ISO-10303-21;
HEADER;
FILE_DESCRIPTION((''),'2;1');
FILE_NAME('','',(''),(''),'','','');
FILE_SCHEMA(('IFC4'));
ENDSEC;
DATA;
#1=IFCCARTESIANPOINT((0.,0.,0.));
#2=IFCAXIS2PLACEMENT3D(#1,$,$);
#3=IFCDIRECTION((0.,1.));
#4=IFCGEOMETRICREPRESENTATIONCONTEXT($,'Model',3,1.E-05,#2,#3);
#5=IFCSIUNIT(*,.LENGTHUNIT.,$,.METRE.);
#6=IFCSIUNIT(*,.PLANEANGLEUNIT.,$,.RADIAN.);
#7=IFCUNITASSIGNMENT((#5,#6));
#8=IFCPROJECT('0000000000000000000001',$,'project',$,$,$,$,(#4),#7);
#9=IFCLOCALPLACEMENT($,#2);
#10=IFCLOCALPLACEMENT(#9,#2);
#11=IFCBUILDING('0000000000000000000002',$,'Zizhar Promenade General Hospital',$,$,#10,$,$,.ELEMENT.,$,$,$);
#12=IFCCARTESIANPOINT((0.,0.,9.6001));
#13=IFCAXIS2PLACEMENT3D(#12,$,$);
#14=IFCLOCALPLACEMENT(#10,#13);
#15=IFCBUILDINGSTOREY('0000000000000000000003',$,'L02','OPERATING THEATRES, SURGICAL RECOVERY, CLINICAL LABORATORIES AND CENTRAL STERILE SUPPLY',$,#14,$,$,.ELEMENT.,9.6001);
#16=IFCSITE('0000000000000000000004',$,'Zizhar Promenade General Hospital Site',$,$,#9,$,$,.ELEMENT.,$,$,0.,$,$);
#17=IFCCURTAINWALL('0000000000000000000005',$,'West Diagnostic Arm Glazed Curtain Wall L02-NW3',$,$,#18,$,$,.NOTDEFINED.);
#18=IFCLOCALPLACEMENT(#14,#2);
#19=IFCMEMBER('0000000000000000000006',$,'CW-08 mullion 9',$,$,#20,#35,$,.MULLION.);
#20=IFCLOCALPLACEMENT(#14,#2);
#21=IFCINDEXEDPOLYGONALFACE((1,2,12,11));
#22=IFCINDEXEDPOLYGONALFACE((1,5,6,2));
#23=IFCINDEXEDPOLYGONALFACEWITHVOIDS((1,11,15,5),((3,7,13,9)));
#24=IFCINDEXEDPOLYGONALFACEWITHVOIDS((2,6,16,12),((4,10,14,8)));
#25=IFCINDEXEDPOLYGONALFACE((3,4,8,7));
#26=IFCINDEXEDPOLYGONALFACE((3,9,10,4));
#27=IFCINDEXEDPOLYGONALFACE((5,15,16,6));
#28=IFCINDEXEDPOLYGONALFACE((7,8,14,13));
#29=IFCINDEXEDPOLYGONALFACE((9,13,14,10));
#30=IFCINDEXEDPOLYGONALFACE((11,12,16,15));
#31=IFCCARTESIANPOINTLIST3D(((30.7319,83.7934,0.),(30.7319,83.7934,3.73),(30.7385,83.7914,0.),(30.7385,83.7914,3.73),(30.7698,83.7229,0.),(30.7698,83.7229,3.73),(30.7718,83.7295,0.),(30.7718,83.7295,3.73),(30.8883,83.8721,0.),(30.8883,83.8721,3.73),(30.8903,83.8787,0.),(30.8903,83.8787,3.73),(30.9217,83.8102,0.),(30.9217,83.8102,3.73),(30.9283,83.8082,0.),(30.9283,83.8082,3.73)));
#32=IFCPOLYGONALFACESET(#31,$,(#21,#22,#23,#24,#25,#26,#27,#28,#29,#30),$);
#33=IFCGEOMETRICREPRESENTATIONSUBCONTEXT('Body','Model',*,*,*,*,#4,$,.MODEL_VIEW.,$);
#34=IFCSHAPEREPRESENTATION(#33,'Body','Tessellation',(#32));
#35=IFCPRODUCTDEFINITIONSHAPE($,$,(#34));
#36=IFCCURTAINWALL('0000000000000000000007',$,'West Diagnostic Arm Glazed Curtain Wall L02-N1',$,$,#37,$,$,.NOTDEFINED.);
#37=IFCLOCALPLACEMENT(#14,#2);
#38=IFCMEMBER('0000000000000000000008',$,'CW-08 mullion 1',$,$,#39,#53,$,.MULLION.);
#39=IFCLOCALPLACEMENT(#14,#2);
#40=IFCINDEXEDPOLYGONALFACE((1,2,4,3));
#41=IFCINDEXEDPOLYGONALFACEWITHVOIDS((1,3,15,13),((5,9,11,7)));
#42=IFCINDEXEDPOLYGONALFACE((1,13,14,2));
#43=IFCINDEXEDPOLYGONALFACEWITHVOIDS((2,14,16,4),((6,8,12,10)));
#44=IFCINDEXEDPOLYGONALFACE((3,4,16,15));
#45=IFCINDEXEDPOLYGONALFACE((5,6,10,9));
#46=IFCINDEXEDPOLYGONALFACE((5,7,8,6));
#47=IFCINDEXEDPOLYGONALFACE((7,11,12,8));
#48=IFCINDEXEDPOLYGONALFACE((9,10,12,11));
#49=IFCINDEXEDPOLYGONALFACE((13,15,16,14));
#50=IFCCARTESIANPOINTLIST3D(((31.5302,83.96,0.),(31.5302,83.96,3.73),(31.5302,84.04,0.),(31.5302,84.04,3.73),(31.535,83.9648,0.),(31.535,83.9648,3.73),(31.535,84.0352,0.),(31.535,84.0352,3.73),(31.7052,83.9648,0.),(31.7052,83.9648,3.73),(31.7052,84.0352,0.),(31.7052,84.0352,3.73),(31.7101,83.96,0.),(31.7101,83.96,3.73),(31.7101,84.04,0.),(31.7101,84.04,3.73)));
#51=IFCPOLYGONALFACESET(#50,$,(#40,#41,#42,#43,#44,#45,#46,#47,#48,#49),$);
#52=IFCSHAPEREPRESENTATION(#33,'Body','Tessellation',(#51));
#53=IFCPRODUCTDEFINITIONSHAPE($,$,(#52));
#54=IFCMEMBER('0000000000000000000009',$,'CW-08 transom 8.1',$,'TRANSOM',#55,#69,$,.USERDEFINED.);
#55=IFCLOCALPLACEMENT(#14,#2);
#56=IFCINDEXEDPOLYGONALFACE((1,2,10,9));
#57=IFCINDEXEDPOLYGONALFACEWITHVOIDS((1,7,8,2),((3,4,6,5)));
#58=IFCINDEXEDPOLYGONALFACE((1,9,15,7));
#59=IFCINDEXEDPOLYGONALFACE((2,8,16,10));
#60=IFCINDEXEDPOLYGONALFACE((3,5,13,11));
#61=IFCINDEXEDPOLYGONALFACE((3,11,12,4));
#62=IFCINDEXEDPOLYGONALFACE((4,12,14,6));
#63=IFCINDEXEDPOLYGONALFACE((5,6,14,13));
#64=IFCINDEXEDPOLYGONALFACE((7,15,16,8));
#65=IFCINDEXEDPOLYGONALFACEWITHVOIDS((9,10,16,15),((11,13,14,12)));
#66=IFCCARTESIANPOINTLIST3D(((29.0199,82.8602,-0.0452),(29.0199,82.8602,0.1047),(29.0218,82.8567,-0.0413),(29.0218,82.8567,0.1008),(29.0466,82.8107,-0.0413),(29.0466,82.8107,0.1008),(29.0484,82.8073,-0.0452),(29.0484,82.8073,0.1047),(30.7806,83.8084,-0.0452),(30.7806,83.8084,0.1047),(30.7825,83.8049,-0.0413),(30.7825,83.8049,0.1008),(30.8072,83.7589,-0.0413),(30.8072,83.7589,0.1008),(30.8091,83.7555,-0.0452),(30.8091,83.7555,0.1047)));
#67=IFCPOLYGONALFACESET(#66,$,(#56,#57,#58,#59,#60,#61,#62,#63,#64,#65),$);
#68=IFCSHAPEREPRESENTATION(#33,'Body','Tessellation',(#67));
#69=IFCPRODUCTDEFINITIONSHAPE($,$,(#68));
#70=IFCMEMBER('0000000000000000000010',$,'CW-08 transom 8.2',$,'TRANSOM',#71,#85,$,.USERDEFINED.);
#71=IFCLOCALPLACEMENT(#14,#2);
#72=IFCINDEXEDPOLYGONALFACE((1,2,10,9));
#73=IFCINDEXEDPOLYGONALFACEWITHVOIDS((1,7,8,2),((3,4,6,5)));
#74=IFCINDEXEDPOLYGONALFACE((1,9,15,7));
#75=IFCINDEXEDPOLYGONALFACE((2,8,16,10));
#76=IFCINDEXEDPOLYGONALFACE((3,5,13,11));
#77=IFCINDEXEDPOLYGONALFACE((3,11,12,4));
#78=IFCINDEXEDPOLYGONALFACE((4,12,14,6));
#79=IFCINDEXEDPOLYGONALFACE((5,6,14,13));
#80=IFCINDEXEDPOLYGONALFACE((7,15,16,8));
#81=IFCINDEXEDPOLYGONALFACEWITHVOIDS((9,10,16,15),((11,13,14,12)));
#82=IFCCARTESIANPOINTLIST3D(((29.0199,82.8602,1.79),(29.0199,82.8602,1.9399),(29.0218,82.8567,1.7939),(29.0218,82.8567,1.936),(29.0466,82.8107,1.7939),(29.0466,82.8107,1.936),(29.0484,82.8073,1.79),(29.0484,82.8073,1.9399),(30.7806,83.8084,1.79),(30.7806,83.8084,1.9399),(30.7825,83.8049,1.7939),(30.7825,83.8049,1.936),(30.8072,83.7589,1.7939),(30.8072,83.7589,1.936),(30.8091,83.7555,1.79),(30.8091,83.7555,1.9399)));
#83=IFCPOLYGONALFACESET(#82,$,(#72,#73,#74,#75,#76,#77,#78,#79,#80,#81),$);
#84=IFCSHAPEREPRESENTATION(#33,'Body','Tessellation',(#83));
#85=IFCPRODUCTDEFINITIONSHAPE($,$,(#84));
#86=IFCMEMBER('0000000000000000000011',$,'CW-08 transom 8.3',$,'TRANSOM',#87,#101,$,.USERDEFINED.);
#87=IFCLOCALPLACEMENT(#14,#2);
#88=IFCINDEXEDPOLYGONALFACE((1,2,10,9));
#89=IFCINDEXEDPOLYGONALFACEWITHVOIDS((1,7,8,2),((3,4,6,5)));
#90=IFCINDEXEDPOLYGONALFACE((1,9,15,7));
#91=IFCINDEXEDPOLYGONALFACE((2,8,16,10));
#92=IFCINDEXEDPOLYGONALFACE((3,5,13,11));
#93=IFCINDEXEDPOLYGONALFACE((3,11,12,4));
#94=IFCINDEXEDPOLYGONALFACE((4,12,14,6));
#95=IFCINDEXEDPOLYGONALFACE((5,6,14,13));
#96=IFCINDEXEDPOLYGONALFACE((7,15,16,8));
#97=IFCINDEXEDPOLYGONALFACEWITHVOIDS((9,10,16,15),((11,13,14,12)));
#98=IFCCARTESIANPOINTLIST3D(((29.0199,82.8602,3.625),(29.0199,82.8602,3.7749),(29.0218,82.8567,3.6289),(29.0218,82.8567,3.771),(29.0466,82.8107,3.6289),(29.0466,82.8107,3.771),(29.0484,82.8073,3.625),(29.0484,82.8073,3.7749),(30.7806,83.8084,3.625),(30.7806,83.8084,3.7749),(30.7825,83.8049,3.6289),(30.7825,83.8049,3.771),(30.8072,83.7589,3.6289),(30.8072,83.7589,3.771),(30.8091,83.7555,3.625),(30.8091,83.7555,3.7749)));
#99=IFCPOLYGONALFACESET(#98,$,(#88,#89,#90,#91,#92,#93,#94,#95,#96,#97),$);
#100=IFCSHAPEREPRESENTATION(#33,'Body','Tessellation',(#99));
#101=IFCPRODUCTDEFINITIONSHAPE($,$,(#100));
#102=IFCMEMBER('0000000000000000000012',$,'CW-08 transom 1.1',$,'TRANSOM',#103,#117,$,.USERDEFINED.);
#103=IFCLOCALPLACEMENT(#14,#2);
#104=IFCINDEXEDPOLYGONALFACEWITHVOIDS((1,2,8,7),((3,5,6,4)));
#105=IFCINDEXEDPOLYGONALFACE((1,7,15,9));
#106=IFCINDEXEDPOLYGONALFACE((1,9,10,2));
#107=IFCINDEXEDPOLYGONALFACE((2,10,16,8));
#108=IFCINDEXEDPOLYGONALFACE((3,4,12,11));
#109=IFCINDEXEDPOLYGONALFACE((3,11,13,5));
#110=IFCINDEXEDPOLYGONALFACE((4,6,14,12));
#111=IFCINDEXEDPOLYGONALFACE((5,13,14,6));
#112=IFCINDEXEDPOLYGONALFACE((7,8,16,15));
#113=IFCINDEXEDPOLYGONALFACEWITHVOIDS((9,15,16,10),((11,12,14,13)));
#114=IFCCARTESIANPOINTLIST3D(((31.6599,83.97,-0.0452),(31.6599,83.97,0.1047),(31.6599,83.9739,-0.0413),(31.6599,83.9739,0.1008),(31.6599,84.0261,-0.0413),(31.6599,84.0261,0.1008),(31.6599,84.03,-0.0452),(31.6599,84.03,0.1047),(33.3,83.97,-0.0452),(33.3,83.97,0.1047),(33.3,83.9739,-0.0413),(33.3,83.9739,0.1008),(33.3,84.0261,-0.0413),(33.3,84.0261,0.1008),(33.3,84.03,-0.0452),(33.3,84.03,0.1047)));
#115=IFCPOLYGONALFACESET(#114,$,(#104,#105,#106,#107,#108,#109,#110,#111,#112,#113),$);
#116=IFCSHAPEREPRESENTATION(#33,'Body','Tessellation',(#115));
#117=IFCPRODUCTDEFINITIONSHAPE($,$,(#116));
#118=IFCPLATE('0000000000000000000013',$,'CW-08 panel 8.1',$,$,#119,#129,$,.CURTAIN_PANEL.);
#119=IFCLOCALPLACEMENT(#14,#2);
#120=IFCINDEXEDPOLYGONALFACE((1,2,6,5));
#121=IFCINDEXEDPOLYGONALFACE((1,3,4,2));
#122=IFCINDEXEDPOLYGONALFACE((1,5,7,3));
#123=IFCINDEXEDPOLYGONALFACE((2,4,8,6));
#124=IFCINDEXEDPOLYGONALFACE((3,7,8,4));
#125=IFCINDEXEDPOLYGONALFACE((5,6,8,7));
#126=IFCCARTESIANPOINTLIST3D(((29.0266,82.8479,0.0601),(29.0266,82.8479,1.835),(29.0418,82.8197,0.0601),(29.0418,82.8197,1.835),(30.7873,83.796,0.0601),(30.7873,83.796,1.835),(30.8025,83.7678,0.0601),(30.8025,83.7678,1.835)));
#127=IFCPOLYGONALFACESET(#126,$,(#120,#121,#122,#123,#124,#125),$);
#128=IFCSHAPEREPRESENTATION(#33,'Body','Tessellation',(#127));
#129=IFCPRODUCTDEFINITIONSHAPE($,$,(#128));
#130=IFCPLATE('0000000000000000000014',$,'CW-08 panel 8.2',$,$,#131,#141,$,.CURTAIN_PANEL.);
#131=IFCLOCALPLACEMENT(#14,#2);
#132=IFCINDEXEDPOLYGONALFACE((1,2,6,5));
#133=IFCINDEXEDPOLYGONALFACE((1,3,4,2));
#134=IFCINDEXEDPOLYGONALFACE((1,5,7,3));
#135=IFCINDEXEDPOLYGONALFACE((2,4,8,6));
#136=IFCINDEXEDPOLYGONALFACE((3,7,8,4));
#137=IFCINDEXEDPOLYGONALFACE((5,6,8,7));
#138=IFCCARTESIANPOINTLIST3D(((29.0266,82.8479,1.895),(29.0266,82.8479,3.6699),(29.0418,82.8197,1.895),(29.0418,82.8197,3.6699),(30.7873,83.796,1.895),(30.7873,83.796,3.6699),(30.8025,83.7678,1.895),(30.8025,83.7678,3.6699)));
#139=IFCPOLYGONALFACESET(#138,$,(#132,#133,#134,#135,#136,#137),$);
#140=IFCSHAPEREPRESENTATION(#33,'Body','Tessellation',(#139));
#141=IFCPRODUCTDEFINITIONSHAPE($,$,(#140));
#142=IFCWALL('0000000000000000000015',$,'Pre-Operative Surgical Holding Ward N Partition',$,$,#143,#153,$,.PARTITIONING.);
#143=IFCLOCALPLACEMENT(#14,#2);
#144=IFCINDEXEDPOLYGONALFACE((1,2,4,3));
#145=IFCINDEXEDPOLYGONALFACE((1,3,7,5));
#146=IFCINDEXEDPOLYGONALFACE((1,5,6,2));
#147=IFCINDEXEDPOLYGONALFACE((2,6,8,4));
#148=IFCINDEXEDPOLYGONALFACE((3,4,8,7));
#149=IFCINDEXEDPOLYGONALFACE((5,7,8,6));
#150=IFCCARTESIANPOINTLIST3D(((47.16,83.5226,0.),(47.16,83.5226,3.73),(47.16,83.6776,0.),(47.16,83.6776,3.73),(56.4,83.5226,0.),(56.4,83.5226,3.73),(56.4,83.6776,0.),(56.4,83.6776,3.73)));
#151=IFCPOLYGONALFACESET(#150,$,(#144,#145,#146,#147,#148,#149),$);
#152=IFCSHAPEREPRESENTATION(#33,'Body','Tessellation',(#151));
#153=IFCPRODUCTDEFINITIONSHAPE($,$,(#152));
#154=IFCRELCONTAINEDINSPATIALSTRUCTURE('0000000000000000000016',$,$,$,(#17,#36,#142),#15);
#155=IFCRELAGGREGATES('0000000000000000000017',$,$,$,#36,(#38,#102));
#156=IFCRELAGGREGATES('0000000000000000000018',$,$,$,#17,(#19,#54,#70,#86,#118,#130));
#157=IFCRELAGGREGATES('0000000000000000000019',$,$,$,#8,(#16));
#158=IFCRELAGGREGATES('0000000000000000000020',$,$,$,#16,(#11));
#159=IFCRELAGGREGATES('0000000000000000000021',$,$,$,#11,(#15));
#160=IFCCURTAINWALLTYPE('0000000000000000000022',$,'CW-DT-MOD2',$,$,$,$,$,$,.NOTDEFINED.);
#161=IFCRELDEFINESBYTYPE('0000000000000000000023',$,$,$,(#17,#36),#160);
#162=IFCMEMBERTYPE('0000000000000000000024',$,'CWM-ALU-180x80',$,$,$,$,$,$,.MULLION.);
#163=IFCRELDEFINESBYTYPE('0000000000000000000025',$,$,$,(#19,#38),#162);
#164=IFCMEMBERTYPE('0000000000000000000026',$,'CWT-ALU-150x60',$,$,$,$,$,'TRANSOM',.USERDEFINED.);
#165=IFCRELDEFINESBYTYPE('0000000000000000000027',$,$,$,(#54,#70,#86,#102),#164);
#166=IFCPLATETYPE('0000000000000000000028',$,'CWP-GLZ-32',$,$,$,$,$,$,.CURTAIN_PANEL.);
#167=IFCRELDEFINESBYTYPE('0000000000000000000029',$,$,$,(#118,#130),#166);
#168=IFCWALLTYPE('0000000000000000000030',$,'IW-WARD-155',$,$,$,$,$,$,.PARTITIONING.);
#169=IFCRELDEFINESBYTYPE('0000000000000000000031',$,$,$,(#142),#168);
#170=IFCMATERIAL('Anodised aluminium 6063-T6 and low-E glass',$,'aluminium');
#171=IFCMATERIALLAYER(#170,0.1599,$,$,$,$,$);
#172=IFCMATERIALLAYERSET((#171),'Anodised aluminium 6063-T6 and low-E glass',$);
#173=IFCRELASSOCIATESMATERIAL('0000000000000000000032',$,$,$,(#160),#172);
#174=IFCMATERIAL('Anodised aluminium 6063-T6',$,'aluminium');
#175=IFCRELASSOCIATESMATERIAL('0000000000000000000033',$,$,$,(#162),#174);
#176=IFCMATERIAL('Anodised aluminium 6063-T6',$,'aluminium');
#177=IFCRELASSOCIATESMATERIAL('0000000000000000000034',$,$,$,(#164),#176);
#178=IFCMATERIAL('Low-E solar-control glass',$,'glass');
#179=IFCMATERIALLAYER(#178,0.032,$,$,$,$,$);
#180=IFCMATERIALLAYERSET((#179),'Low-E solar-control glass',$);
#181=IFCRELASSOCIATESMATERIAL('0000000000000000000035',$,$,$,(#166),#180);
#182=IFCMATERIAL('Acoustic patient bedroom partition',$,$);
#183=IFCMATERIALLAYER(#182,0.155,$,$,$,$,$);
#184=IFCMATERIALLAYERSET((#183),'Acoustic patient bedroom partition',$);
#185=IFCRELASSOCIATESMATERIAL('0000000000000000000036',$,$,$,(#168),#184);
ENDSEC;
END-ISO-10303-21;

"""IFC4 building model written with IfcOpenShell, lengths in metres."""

from ifc_helpers import new_model, si_unit, direction, frame, frame_2d, origin, origin_2d, place, context, subcontext, project, spatial, rectangle, hollow_rectangle, extrude, material, layer, layer_set, material_profile, profile_set, type_object, element, aggregate, save


model = new_model("IFC4")

# Units and contexts
model_context = context("Model", 3, precision=1e-05, world=origin(), true_north=direction((0.0, 1.0)))
body_context = subcontext(model_context, "Body", "Model", "MODEL_VIEW")
ifc_project = project(units=[si_unit("LENGTHUNIT", "METRE"), si_unit("PLANEANGLEUNIT", "RADIAN")], contexts=[model_context])

# Site, building, storey
site_placement = place(None, origin())
site = spatial("IfcSite", under=ifc_project, at=site_placement, Name="Zizhar Promenade General Hospital Site", CompositionType="ELEMENT", RefElevation=0.0)
building_placement = place(site_placement, origin())
building = spatial("IfcBuilding", under=site, at=building_placement, Name="Zizhar Promenade General Hospital", CompositionType="ELEMENT")
storey_placement = place(building_placement, frame((0.0, 0.0, 9.6001)))
storey = spatial("IfcBuildingStorey", under=building, at=storey_placement, Name="L02", Description="OPERATING THEATRES, SURGICAL RECOVERY, CLINICAL LABORATORIES AND CENTRAL STERILE SUPPLY", CompositionType="ELEMENT", Elevation=9.6001)

# Curtain wall, member
ifc_material_1 = material(Name="Anodised aluminium 6063-T6 and low-E glass", Category="aluminium")
ifc_layer_1 = layer(ifc_material_1, 0.1599)
ifc_layer_set_1 = layer_set([ifc_layer_1], Name="Anodised aluminium 6063-T6 and low-E glass")
curtain_wall_type = type_object("IfcCurtainWallType", Name="CW-DT-MOD2", PredefinedType="NOTDEFINED", material=ifc_layer_set_1)
curtain_wall_1_placement = place(storey_placement, origin())
curtain_wall_1 = element("IfcCurtainWall", 1, at=curtain_wall_1_placement, inside=storey, type_object=curtain_wall_type, Name="West Diagnostic Arm Glazed Curtain Wall L02-NW3", PredefinedType="NOTDEFINED")
ifc_material_2 = material(Name="Anodised aluminium 6063-T6", Category="aluminium")
ifc_material_profile_1 = material_profile(ifc_material_2, hollow_rectangle(XDim=0.0801, YDim=0.1799, WallThickness=0.0049, at=origin_2d()))
ifc_profile_set_1 = profile_set([ifc_material_profile_1], Name="Anodised aluminium 6063-T6")
member_type_1 = type_object("IfcMemberType", Name="CWM-ALU-180x80", PredefinedType="MULLION", material=ifc_profile_set_1)
member_1_placement = place(storey_placement, frame((30.8301, 83.8008, 0.0), z_axis=(0.0, 0.0, 1.0), x_axis=(-0.474097, 0.880473, 0.0)))
member_1 = element("IfcMember", 2, at=member_1_placement, type_object=member_type_1, Name="CW-08 mullion 9", PredefinedType="MULLION", context=body_context, shape_type="SweptSolid", body=[
    extrude(hollow_rectangle(XDim=0.0801, YDim=0.1799, WallThickness=0.0049, at=origin_2d()), origin(), (0.0, 0.0, 1.0), 3.73),
])

# Curtain wall, member
curtain_wall_2_placement = place(storey_placement, origin())
curtain_wall_2 = element("IfcCurtainWall", 3, at=curtain_wall_2_placement, inside=storey, type_object=curtain_wall_type, Name="West Diagnostic Arm Glazed Curtain Wall L02-N1", PredefinedType="NOTDEFINED")
member_2_placement = place(storey_placement, frame((31.6201, 84.0, 0.0), z_axis=(0.0, 0.0, 1.0), x_axis=(0.0, 1.0, 0.0)))
member_2 = element("IfcMember", 4, at=member_2_placement, type_object=member_type_1, Name="CW-08 mullion 1", PredefinedType="MULLION", context=body_context, shape_type="SweptSolid", body=[
    extrude(hollow_rectangle(XDim=0.0801, YDim=0.1799, WallThickness=0.0049, at=origin_2d()), origin(), (0.0, 0.0, 1.0), 3.73),
])

# Members
ifc_material_3 = material(Name="Anodised aluminium 6063-T6", Category="aluminium")
ifc_material_profile_2 = material_profile(ifc_material_3, hollow_rectangle(XDim=0.0601, YDim=0.1499, WallThickness=0.0039, at=origin_2d()))
ifc_profile_set_2 = profile_set([ifc_material_profile_2], Name="Anodised aluminium 6063-T6")
member_type_2 = type_object("IfcMemberType", Name="CWT-ALU-150x60", ElementType="TRANSOM", PredefinedType="USERDEFINED", material=ifc_profile_set_2)
member_3_placement = place(storey_placement, frame((29.0342, 82.8337, 0.0298), z_axis=(0.88044, 0.474158, 0.0), x_axis=(-0.474158, 0.88044, 0.0)))
member_3 = element("IfcMember", 5, at=member_3_placement, type_object=member_type_2, Name="CW-08 transom 8.1", ObjectType="TRANSOM", PredefinedType="USERDEFINED", context=body_context, shape_type="SweptSolid", body=[
    extrude(hollow_rectangle(XDim=0.0601, YDim=0.1499, WallThickness=0.0039, at=origin_2d()), origin(), (0.0, 0.0, 1.0), 1.9998),
])
member_4_placement = place(storey_placement, frame((29.0342, 82.8337, 1.865), z_axis=(0.88044, 0.474158, 0.0), x_axis=(-0.474158, 0.88044, 0.0)))
member_4 = element("IfcMember", 6, at=member_4_placement, type_object=member_type_2, Name="CW-08 transom 8.2", ObjectType="TRANSOM", PredefinedType="USERDEFINED", context=body_context, shape_type="SweptSolid", body=[
    extrude(hollow_rectangle(XDim=0.0601, YDim=0.1499, WallThickness=0.0039, at=origin_2d()), origin(), (0.0, 0.0, 1.0), 1.9998),
])
member_5_placement = place(storey_placement, frame((29.0342, 82.8337, 3.7), z_axis=(0.88044, 0.474158, 0.0), x_axis=(-0.474158, 0.88044, 0.0)))
member_5 = element("IfcMember", 7, at=member_5_placement, type_object=member_type_2, Name="CW-08 transom 8.3", ObjectType="TRANSOM", PredefinedType="USERDEFINED", context=body_context, shape_type="SweptSolid", body=[
    extrude(hollow_rectangle(XDim=0.0601, YDim=0.1499, WallThickness=0.0039, at=origin_2d()), origin(), (0.0, 0.0, 1.0), 1.9998),
])
member_6_placement = place(storey_placement, frame((31.6599, 84.0, 0.0298), z_axis=(1.0, 0.0, 0.0), x_axis=(0.0, 1.0, 0.0)))
member_6 = element("IfcMember", 8, at=member_6_placement, type_object=member_type_2, Name="CW-08 transom 1.1", ObjectType="TRANSOM", PredefinedType="USERDEFINED", context=body_context, shape_type="SweptSolid", body=[
    extrude(hollow_rectangle(XDim=0.0601, YDim=0.1499, WallThickness=0.0039, at=origin_2d()), origin(), (0.0, 0.0, 1.0), 1.6401),
])
aggregate(curtain_wall_2, [member_2, member_6])

# Plates
ifc_material_4 = material(Name="Low-E solar-control glass", Category="glass")
ifc_layer_2 = layer(ifc_material_4, 0.032)
ifc_layer_set_2 = layer_set([ifc_layer_2], Name="Low-E solar-control glass")
plate_type = type_object("IfcPlateType", Name="CWP-GLZ-32", PredefinedType="CURTAIN_PANEL", material=ifc_layer_set_2)
plate_1_placement = place(storey_placement, frame((29.9146, 83.3079, 0.0601), z_axis=(0.0, 0.0, 1.0), x_axis=(0.880473, 0.474097, 0.0)))
plate_1 = element("IfcPlate", 9, at=plate_1_placement, type_object=plate_type, Name="CW-08 panel 8.1", PredefinedType="CURTAIN_PANEL", context=body_context, shape_type="SweptSolid", body=[
    extrude(rectangle(XDim=1.9998, YDim=0.032, at=origin_2d()), origin(), (0.0, 0.0, 1.0), 1.7749),
])
plate_2_placement = place(storey_placement, frame((29.9146, 83.3079, 1.895), z_axis=(0.0, 0.0, 1.0), x_axis=(0.880473, 0.474097, 0.0)))
plate_2 = element("IfcPlate", 10, at=plate_2_placement, type_object=plate_type, Name="CW-08 panel 8.2", PredefinedType="CURTAIN_PANEL", context=body_context, shape_type="SweptSolid", body=[
    extrude(rectangle(XDim=1.9998, YDim=0.032, at=origin_2d()), origin(), (0.0, 0.0, 1.0), 1.7749),
])
aggregate(curtain_wall_1, [member_1, member_3, member_4, member_5, plate_1, plate_2])

# Wall
ifc_material_5 = material(Name="Acoustic patient bedroom partition")
ifc_layer_3 = layer(ifc_material_5, 0.155)
ifc_layer_set_3 = layer_set([ifc_layer_3], Name="Acoustic patient bedroom partition")
wall_type = type_object("IfcWallType", Name="IW-WARD-155", PredefinedType="PARTITIONING", material=ifc_layer_set_3)
wall_placement = place(storey_placement, frame((47.1599, 83.6001, 0.0), z_axis=(0.0, 0.0, 1.0), x_axis=(1.0, 0.0, 0.0)))
element("IfcWall", 11, at=wall_placement, inside=storey, type_object=wall_type, Name="Pre-Operative Surgical Holding Ward N Partition", PredefinedType="PARTITIONING", context=body_context, shape_type="SweptSolid", body=[
    extrude(rectangle(XDim=9.24, YDim=0.155, at=frame_2d((4.6201, 0.0))), origin(), (0.0, 0.0, 1.0), 3.73),
])

save(model, "model.ifc")
